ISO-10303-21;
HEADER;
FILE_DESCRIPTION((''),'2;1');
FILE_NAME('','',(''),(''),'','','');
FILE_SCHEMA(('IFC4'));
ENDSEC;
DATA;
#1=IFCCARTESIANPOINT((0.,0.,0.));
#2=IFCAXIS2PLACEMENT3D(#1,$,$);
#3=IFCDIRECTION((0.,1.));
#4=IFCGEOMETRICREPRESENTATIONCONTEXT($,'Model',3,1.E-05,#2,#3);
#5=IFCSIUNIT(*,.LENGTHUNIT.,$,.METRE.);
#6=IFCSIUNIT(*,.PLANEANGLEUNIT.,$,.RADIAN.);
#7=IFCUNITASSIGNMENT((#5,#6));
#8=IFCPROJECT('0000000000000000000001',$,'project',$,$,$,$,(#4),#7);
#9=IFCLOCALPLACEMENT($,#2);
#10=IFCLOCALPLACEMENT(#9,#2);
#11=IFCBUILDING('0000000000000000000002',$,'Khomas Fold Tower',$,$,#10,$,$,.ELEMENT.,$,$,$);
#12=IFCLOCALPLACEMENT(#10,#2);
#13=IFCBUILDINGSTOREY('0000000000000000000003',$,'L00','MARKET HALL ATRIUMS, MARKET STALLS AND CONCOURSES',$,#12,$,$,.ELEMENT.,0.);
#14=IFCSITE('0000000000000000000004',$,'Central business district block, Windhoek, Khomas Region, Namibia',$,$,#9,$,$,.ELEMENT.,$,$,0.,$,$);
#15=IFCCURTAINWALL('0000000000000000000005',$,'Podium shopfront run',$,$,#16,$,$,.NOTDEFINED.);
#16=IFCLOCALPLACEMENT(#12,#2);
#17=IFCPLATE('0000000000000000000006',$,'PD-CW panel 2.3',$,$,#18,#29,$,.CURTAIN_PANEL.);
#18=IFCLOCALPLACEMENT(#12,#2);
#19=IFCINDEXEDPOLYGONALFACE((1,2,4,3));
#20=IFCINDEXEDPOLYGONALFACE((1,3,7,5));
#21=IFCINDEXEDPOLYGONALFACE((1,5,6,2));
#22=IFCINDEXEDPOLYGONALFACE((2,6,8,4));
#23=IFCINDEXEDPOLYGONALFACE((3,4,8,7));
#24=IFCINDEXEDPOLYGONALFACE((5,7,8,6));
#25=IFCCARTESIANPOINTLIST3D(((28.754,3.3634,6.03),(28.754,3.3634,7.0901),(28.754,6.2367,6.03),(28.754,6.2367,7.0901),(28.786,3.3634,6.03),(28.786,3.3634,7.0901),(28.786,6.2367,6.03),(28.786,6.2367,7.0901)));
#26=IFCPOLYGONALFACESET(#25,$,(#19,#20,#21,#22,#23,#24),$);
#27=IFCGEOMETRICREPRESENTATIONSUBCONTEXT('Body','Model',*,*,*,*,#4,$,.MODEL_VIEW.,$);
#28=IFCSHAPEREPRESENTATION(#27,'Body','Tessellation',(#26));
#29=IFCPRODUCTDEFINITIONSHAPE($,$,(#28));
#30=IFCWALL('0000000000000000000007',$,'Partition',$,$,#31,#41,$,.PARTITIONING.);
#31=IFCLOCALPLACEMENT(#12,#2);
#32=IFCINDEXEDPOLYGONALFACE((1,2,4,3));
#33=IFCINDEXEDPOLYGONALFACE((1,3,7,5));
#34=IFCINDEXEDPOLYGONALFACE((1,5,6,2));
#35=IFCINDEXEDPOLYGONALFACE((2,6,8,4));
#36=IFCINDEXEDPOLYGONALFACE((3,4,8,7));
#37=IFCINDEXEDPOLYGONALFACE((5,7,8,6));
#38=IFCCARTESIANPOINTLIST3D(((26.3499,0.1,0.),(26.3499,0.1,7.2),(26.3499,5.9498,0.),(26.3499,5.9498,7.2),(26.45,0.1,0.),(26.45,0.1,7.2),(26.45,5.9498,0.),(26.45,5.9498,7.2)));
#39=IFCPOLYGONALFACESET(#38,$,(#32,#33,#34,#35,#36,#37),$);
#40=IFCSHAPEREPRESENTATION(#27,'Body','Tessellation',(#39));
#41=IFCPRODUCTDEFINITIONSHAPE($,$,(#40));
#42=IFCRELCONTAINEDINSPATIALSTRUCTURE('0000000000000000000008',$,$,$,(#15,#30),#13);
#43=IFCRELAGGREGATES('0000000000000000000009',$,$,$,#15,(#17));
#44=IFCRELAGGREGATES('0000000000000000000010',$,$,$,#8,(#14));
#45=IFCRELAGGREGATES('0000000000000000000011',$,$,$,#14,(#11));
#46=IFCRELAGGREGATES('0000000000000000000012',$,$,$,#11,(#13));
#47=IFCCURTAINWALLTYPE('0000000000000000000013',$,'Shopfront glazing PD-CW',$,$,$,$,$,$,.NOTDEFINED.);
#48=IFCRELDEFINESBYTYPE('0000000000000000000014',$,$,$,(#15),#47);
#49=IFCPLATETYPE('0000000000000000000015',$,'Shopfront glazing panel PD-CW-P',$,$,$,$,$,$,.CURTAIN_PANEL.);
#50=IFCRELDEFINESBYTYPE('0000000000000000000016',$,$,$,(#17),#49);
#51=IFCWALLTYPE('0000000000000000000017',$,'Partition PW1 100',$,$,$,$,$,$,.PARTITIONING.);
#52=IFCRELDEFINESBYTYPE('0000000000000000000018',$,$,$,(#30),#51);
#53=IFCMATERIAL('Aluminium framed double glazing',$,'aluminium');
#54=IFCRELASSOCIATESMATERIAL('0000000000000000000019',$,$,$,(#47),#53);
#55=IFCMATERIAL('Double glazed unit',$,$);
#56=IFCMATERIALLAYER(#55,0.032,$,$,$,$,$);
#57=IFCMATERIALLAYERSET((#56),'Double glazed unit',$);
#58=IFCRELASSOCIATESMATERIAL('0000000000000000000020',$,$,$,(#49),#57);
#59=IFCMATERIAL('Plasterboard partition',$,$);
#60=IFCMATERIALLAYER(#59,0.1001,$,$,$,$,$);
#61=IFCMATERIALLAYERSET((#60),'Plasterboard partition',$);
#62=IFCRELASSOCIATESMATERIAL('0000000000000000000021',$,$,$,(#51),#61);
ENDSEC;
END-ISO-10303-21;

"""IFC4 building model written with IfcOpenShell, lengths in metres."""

from ifc_helpers import new_model, si_unit, direction, frame, frame_2d, origin, origin_2d, place, context, subcontext, project, spatial, rectangle, extrude, source, transform, mapped, material, layer, layer_set, type_object, element, aggregate, save


model = new_model("IFC4")

# Units and contexts
model_context = context("Model", 3, precision=1e-05, world=origin(), true_north=direction((0.0, 1.0)))
body_context = subcontext(model_context, "Body", "Model", "MODEL_VIEW")
ifc_project = project(units=[si_unit("LENGTHUNIT", "METRE"), si_unit("PLANEANGLEUNIT", "RADIAN")], contexts=[model_context])

# Site, building, storey
site_placement = place(None, origin())
site = spatial("IfcSite", under=ifc_project, at=site_placement, Name="Central business district block, Windhoek, Khomas Region, Namibia", CompositionType="ELEMENT", RefElevation=0.0)
building_placement = place(site_placement, origin())
building = spatial("IfcBuilding", under=site, at=building_placement, Name="Khomas Fold Tower", CompositionType="ELEMENT")
storey_placement = place(building_placement, origin())
storey = spatial("IfcBuildingStorey", under=building, at=storey_placement, Name="L00", Description="MARKET HALL ATRIUMS, MARKET STALLS AND CONCOURSES", CompositionType="ELEMENT", Elevation=0.0)

# Curtain wall
ifc_material_1 = material(Name="Aluminium framed double glazing", Category="aluminium")
curtain_wall_type = type_object("IfcCurtainWallType", Name="Shopfront glazing PD-CW", PredefinedType="NOTDEFINED", material=ifc_material_1)
curtain_wall_1_placement = place(storey_placement, origin())
curtain_wall_1 = element("IfcCurtainWall", 1, at=curtain_wall_1_placement, inside=storey, type_object=curtain_wall_type, Name="Podium shopfront run", PredefinedType="NOTDEFINED")

# Plate
ifc_material_2 = material(Name="Double glazed unit")
ifc_layer_1 = layer(ifc_material_2, 0.032)
ifc_layer_set_1 = layer_set([ifc_layer_1], Name="Double glazed unit")
plate_type = type_object("IfcPlateType", Name="Shopfront glazing panel PD-CW-P", PredefinedType="CURTAIN_PANEL", material=ifc_layer_set_1)
shared_shape_1 = source(origin(), body_context, "Body", "SweptSolid", [
    extrude(rectangle(XDim=2.8733, YDim=0.032, at=origin_2d()), origin(), (0.0, 0.0, 1.0), 1.0601),
])
plate_1_placement = place(storey_placement, frame((28.77, 4.8, 6.03), z_axis=(0.0, 0.0, 1.0), x_axis=(0.0, 1.0, 0.0)))
plate_1 = element("IfcPlate", 2, at=plate_1_placement, type_object=plate_type, Name="PD-CW panel 2.3", PredefinedType="CURTAIN_PANEL", context=body_context, shape_type="MappedRepresentation", body=[
    mapped(shared_shape_1, transform((0.0, 0.0, 0.0))),
])
aggregate(curtain_wall_1, [plate_1])

# Wall
ifc_material_3 = material(Name="Plasterboard partition")
ifc_layer_2 = layer(ifc_material_3, 0.1001)
ifc_layer_set_2 = layer_set([ifc_layer_2], Name="Plasterboard partition")
wall_type = type_object("IfcWallType", Name="Partition PW1 100", PredefinedType="PARTITIONING", material=ifc_layer_set_2)
shared_shape_2 = source(origin(), body_context, "Body", "SweptSolid", [
    extrude(rectangle(XDim=5.8499, YDim=0.1001, at=frame_2d((2.9248, 0.0))), origin(), (0.0, 0.0, 1.0), 7.2),
])
wall_placement = place(storey_placement, frame((26.3999, 0.1001, 0.0), z_axis=(0.0, 0.0, 1.0), x_axis=(0.0, 1.0, 0.0)))
element("IfcWall", 3, at=wall_placement, inside=storey, type_object=wall_type, Name="Partition", PredefinedType="PARTITIONING", context=body_context, shape_type="MappedRepresentation", body=[
    mapped(shared_shape_2, transform((0.0, 0.0, 0.0))),
])

save(model, "model.ifc")
